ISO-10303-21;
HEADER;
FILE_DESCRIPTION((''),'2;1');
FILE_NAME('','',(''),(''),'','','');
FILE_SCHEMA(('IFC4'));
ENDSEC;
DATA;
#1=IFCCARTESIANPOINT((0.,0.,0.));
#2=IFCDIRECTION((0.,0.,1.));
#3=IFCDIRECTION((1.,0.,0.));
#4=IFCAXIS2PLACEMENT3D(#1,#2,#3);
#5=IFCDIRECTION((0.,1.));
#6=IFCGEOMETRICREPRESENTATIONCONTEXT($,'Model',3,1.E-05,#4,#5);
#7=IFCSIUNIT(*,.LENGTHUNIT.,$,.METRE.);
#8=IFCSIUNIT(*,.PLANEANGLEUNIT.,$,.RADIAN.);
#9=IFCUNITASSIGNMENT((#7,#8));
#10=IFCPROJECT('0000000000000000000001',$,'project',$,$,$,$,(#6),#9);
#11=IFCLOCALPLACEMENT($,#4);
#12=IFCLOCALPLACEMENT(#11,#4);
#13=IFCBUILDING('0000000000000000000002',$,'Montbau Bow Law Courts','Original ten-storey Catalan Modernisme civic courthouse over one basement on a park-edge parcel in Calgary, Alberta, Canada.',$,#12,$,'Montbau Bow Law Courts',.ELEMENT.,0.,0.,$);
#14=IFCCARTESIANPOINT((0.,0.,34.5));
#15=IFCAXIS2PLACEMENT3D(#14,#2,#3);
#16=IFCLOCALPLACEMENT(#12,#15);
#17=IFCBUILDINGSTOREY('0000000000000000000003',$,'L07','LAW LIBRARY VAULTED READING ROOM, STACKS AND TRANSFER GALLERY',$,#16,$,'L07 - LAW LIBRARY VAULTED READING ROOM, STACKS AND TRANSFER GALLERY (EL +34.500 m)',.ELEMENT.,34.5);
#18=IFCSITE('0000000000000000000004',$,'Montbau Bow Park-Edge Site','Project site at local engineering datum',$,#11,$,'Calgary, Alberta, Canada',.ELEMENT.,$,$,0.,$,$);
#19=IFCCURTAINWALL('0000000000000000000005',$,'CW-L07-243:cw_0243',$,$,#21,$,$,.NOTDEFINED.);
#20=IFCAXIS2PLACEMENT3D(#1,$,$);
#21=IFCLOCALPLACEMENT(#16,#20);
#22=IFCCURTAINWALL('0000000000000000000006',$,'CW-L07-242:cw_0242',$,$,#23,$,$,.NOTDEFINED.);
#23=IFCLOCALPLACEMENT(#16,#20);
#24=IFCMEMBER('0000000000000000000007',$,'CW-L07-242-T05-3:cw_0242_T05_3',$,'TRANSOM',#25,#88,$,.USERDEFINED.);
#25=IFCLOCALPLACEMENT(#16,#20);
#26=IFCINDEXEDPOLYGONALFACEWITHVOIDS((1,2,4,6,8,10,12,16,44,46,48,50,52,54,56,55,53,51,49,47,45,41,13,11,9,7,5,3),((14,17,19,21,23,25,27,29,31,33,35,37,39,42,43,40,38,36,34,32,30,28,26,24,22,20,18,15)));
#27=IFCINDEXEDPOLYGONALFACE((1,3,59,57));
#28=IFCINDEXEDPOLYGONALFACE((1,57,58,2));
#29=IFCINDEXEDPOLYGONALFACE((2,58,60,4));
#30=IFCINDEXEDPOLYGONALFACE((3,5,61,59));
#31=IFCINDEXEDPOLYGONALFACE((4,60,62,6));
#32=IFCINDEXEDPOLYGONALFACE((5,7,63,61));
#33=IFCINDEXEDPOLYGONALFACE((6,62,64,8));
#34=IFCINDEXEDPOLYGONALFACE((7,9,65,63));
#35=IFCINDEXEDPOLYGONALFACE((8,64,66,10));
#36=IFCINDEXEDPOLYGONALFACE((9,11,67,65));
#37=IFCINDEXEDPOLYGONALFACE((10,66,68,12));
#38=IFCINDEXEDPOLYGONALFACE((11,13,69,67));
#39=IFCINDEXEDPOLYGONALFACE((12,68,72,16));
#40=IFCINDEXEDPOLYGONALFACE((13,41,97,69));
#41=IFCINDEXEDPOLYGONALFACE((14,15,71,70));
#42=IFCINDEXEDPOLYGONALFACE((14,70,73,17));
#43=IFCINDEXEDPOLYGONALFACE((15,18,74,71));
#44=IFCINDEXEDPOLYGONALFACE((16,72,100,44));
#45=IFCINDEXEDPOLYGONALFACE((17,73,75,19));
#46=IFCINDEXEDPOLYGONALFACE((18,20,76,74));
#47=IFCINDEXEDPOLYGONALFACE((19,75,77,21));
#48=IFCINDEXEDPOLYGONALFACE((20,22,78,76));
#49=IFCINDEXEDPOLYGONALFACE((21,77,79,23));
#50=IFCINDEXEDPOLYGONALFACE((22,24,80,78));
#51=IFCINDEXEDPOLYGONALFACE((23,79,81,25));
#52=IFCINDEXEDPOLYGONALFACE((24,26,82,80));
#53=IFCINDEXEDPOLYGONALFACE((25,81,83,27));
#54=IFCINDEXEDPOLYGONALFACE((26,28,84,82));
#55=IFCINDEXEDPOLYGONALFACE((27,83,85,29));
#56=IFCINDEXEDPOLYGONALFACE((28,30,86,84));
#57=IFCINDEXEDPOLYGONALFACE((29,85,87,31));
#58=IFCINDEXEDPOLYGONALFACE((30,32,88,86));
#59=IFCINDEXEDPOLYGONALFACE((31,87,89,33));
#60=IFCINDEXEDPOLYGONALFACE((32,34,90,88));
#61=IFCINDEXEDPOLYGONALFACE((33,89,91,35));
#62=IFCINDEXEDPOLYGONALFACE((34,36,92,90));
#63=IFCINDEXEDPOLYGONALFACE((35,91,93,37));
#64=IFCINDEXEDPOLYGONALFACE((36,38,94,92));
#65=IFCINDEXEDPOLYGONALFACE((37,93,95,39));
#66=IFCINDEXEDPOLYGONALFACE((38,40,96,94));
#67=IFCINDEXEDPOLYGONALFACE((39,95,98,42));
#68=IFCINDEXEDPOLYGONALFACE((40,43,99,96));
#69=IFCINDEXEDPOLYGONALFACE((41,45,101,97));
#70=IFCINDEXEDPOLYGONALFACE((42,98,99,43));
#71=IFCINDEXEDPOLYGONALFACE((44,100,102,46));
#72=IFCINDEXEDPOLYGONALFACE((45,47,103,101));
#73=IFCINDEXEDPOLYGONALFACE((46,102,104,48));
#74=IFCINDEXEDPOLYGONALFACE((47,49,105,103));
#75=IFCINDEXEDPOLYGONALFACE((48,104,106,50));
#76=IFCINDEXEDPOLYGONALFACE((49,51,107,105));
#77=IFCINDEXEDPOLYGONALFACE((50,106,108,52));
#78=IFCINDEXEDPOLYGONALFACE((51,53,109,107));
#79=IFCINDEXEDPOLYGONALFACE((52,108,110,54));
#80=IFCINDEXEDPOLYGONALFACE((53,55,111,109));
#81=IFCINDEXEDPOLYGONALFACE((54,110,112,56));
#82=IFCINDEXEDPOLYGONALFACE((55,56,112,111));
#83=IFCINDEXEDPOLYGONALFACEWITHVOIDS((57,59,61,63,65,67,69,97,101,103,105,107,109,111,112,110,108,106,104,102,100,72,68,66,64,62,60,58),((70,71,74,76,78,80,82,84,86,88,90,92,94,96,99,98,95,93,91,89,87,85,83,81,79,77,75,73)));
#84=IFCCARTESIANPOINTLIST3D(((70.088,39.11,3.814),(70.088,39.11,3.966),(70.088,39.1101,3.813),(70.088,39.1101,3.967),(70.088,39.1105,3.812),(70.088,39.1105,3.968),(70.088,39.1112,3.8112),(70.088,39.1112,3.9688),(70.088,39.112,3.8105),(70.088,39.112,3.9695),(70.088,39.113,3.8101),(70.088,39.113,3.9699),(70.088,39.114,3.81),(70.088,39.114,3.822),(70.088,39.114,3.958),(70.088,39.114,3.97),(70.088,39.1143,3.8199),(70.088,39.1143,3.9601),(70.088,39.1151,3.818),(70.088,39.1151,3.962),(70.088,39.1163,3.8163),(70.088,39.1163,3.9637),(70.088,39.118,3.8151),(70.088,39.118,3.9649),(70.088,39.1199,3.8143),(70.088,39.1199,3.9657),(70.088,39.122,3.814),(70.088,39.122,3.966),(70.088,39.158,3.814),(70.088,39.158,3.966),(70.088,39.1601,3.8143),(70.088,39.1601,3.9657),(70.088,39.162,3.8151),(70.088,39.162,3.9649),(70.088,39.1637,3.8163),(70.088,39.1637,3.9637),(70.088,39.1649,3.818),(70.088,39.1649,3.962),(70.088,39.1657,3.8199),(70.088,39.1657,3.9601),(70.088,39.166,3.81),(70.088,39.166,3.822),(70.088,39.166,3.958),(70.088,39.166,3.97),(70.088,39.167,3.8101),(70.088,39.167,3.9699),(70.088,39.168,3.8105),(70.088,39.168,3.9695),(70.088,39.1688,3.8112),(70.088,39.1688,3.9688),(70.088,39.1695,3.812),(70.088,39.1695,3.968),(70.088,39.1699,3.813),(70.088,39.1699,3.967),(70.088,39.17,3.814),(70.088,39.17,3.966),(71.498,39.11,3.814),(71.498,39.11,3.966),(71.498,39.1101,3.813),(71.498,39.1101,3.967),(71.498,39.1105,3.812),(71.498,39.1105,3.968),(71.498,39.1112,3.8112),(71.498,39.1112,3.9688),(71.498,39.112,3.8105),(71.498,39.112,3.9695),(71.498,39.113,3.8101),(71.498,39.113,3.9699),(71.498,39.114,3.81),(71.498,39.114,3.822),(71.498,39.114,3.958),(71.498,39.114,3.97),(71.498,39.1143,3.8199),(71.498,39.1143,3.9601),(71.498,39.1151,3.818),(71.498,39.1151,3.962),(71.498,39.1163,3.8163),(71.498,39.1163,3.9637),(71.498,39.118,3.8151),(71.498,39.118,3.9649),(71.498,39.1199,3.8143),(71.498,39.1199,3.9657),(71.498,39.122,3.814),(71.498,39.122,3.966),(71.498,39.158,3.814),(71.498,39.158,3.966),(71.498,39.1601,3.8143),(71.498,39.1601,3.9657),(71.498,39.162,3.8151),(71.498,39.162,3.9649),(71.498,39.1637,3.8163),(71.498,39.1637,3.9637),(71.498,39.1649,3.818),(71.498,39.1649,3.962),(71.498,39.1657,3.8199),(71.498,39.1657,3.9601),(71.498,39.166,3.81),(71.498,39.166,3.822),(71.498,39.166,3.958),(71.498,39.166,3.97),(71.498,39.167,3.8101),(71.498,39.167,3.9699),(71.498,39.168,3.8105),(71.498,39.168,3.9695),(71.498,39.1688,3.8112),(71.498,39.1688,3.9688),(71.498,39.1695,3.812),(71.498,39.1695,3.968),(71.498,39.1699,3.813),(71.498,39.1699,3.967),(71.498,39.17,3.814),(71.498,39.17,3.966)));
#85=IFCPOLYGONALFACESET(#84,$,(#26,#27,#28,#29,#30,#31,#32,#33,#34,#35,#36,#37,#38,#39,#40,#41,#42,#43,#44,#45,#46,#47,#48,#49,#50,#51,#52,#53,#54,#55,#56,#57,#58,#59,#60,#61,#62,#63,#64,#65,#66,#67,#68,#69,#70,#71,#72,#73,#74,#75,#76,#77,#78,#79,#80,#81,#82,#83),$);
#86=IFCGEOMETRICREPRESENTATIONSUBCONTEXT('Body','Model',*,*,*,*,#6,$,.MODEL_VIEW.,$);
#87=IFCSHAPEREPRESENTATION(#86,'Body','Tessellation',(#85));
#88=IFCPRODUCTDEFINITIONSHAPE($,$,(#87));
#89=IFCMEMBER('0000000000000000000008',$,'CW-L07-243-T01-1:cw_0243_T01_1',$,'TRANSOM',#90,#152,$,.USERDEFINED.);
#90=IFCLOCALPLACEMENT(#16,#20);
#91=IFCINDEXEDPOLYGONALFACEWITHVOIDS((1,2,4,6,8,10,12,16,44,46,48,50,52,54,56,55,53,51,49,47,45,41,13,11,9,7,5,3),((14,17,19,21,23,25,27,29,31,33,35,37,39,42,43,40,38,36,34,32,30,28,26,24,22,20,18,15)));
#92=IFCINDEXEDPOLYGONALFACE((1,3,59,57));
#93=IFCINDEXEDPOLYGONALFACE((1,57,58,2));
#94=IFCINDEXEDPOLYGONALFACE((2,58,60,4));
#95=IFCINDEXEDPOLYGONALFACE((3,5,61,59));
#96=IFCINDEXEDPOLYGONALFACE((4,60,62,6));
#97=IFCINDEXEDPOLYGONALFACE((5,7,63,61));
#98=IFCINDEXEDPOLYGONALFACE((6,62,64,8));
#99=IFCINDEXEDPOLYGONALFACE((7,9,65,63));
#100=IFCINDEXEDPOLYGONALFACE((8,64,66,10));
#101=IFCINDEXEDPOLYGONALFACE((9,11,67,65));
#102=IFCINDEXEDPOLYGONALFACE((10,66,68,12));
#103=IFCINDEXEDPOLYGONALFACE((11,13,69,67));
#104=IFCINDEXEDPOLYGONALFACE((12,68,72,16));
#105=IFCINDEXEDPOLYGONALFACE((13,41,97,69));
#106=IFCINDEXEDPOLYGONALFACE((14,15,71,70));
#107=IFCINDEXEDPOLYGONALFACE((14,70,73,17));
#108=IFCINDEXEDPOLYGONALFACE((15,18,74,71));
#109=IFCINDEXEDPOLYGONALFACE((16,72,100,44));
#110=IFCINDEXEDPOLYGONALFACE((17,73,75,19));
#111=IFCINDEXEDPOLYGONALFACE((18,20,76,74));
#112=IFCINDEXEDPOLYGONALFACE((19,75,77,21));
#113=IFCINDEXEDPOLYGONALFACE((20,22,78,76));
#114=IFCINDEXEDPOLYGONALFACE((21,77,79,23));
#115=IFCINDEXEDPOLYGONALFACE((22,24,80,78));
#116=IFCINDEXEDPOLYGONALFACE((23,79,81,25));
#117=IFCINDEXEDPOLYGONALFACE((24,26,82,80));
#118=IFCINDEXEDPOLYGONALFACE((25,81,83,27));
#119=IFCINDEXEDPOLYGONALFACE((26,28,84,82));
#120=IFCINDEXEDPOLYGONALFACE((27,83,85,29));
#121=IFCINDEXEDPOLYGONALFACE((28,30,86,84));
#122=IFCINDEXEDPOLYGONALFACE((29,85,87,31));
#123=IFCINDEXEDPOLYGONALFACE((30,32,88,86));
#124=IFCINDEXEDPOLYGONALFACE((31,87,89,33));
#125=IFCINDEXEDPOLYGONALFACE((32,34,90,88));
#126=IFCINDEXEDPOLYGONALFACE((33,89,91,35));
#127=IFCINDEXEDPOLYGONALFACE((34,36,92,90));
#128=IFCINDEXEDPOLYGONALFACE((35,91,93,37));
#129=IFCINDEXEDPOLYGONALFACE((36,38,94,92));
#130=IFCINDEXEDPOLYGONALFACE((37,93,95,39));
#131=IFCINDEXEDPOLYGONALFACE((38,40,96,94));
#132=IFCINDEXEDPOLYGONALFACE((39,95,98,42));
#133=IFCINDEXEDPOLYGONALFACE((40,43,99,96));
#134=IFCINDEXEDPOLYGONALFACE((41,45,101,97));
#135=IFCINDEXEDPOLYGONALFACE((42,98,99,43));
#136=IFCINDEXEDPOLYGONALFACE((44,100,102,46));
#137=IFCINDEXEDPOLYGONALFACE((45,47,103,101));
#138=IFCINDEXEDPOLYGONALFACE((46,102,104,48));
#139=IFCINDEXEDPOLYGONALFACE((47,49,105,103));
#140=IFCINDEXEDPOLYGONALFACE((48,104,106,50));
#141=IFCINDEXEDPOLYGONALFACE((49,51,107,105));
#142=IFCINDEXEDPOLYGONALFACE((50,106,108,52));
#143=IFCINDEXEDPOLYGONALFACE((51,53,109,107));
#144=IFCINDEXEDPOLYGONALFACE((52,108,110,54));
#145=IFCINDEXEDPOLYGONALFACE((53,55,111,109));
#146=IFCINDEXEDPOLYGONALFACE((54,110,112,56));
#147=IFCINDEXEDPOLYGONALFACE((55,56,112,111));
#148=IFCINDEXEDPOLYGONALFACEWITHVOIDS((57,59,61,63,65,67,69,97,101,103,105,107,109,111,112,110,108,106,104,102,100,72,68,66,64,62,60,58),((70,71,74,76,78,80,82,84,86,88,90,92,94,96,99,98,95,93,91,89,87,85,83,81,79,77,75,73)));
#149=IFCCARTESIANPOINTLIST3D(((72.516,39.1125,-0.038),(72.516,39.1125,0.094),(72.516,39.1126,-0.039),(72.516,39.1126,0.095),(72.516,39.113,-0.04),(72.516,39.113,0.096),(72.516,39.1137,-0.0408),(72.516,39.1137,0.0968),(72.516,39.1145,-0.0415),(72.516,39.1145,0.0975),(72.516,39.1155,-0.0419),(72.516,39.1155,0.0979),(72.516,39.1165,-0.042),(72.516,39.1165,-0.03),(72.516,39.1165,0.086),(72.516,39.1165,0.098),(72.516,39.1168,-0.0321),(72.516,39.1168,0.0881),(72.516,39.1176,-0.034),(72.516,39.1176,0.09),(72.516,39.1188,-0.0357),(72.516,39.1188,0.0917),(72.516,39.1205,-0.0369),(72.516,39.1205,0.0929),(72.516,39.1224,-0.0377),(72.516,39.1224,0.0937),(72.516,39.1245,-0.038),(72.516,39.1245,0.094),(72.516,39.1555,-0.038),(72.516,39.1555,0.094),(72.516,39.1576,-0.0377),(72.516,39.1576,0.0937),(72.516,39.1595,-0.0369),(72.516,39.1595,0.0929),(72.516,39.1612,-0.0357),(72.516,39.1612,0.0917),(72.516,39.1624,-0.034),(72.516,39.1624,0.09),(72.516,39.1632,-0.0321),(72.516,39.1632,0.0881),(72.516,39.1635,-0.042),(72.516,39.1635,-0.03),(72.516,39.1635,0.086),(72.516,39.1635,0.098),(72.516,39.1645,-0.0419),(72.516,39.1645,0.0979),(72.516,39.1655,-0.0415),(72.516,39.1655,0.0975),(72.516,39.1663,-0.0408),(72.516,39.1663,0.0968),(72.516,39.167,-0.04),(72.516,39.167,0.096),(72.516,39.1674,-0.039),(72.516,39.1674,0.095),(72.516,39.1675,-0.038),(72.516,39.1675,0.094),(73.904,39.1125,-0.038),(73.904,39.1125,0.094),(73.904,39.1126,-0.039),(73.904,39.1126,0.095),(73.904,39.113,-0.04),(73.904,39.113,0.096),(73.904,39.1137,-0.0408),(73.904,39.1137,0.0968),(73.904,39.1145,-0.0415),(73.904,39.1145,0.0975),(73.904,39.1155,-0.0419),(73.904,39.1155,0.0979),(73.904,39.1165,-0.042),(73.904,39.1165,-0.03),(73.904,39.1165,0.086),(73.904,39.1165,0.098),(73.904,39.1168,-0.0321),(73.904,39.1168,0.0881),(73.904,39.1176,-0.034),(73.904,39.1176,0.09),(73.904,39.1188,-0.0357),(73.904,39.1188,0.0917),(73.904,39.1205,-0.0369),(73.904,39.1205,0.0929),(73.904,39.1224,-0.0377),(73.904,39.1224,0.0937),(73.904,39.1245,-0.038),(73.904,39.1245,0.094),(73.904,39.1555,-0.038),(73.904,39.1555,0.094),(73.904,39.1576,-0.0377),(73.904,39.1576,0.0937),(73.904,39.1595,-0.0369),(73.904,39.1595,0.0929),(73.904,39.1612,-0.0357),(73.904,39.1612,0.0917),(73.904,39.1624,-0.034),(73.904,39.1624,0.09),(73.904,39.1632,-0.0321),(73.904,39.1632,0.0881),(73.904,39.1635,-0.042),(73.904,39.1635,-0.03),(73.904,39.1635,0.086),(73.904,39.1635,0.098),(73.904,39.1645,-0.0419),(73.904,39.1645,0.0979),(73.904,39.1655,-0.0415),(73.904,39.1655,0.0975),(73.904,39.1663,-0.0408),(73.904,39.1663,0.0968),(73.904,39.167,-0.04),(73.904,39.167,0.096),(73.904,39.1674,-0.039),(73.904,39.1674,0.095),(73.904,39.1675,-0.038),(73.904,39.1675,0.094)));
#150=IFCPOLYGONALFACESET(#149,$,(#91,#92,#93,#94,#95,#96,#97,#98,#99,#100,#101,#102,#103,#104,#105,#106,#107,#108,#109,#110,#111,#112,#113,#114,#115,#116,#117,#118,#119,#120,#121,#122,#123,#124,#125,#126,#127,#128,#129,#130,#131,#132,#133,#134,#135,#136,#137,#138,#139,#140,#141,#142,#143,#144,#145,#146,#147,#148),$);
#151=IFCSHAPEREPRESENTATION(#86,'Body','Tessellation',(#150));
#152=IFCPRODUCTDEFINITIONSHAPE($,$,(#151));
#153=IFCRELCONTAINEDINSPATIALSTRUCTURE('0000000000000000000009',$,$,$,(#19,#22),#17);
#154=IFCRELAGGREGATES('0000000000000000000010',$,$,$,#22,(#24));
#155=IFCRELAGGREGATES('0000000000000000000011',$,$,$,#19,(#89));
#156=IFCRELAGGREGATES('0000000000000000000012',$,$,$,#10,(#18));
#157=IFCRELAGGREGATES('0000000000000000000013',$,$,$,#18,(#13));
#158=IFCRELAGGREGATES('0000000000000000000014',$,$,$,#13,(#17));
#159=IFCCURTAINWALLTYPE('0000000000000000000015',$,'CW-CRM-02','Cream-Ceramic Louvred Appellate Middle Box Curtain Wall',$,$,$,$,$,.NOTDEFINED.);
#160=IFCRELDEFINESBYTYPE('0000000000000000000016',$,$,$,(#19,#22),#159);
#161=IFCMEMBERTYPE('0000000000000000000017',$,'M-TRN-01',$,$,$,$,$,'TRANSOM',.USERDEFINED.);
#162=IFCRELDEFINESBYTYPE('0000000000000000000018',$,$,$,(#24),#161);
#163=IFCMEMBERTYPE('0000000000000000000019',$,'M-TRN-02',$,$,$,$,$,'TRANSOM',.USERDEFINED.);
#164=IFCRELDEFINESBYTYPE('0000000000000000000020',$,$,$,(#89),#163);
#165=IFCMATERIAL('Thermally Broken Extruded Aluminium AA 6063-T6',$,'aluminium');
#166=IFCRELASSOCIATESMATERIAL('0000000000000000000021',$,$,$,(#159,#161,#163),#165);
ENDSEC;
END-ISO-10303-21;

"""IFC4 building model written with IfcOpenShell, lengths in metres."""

from ifc_helpers import new_model, si_unit, direction, frame, origin_with_axes, origin_2d_with_axis, place, context, subcontext, project, spatial, hollow_rectangle, extrude, material, material_profile, profile_set, type_object, element, aggregate, save


model = new_model("IFC4")

# Units and contexts
model_context = context("Model", 3, precision=1e-05, world=origin_with_axes(), true_north=direction((0.0, 1.0)))
body_context = subcontext(model_context, "Body", "Model", "MODEL_VIEW")
ifc_project = project(units=[si_unit("LENGTHUNIT", "METRE"), si_unit("PLANEANGLEUNIT", "RADIAN")], contexts=[model_context])

# Site, building, storey
site_placement = place(None, origin_with_axes())
site = spatial("IfcSite", under=ifc_project, at=site_placement, Name="Montbau Bow Park-Edge Site", Description="Project site at local engineering datum", LongName="Calgary, Alberta, Canada", CompositionType="ELEMENT", RefElevation=0.0)
building_placement = place(site_placement, origin_with_axes())
building = spatial("IfcBuilding", under=site, at=building_placement, Name="Montbau Bow Law Courts", Description="Original ten-storey Catalan Modernisme civic courthouse over one basement on a park-edge parcel in Calgary, Alberta, Canada.", LongName="Montbau Bow Law Courts", CompositionType="ELEMENT", ElevationOfRefHeight=0.0, ElevationOfTerrain=0.0)
storey_placement = place(building_placement, frame((0.0, 0.0, 34.5), z_axis=(0.0, 0.0, 1.0), x_axis=(1.0, 0.0, 0.0)))
storey = spatial("IfcBuildingStorey", under=building, at=storey_placement, Name="L07", Description="LAW LIBRARY VAULTED READING ROOM, STACKS AND TRANSFER GALLERY", LongName="L07 - LAW LIBRARY VAULTED READING ROOM, STACKS AND TRANSFER GALLERY (EL +34.500 m)", CompositionType="ELEMENT", Elevation=34.5)

# Curtain walls, member
ifc_material_1 = material(Name="Thermally Broken Extruded Aluminium AA 6063-T6", Category="aluminium")
curtain_wall_type = type_object("IfcCurtainWallType", Name="CW-CRM-02", Description="Cream-Ceramic Louvred Appellate Middle Box Curtain Wall", PredefinedType="NOTDEFINED", material=ifc_material_1)
curtain_wall_1_placement = place(None, frame((72.44, 39.14, 34.5), z_axis=(0.0, 0.0, 1.0), x_axis=(1.0, 0.0, 0.0)))
curtain_wall_1 = element("IfcCurtainWall", 1, at=curtain_wall_1_placement, inside=storey, type_object=curtain_wall_type, Name="CW-L07-243:cw_0243", PredefinedType="NOTDEFINED")
curtain_wall_2_placement = place(None, frame((64.04, 39.14, 34.5), z_axis=(0.0, 0.0, 1.0), x_axis=(1.0, 0.0, 0.0)))
curtain_wall_2 = element("IfcCurtainWall", 2, at=curtain_wall_2_placement, inside=storey, type_object=curtain_wall_type, Name="CW-L07-242:cw_0242", PredefinedType="NOTDEFINED")
ifc_material_profile_1 = material_profile(ifc_material_1, hollow_rectangle(XDim=0.06, YDim=0.16, WallThickness=0.004, InnerFilletRadius=0.008, OuterFilletRadius=0.004, at=origin_2d_with_axis()), Name="CWT-160X60", Category="Main", Priority=0)
ifc_profile_set_1 = profile_set([ifc_material_profile_1], Name="Thermally Broken Extruded Aluminium AA 6063-T6")
member_type_1 = type_object("IfcMemberType", Name="M-TRN-01", ElementType="TRANSOM", PredefinedType="USERDEFINED", material=ifc_profile_set_1)
member_1_placement = place(None, frame((70.088, 39.14, 38.39), z_axis=(1.0, 0.0, 0.0), x_axis=(0.0, 1.0, 0.0)))
member_1 = element("IfcMember", 3, at=member_1_placement, type_object=member_type_1, Name="CW-L07-242-T05-3:cw_0242_T05_3", ObjectType="TRANSOM", PredefinedType="USERDEFINED", context=body_context, shape_type="SweptSolid", body=[
    extrude(hollow_rectangle(XDim=0.06, YDim=0.16, WallThickness=0.004, InnerFilletRadius=0.008, OuterFilletRadius=0.004, at=origin_2d_with_axis()), origin_with_axes(), (0.0, 0.0, 1.0), 1.41),
])
aggregate(curtain_wall_2, [member_1])

# Member
ifc_material_profile_2 = material_profile(ifc_material_1, hollow_rectangle(XDim=0.055, YDim=0.14, WallThickness=0.004, InnerFilletRadius=0.008, OuterFilletRadius=0.004, at=origin_2d_with_axis()), Name="CWT-140X55", Category="Main", Priority=0)
ifc_profile_set_2 = profile_set([ifc_material_profile_2], Name="Thermally Broken Extruded Aluminium AA 6063-T6")
member_type_2 = type_object("IfcMemberType", Name="M-TRN-02", ElementType="TRANSOM", PredefinedType="USERDEFINED", material=ifc_profile_set_2)
member_2_placement = place(None, frame((72.516, 39.14, 34.528), z_axis=(1.0, 0.0, 0.0), x_axis=(0.0, 1.0, 0.0)))
member_2 = element("IfcMember", 4, at=member_2_placement, type_object=member_type_2, Name="CW-L07-243-T01-1:cw_0243_T01_1", ObjectType="TRANSOM", PredefinedType="USERDEFINED", context=body_context, shape_type="SweptSolid", body=[
    extrude(hollow_rectangle(XDim=0.055, YDim=0.14, WallThickness=0.004, InnerFilletRadius=0.008, OuterFilletRadius=0.004, at=origin_2d_with_axis()), origin_with_axes(), (0.0, 0.0, 1.0), 1.388),
])

aggregate(curtain_wall_1, [member_2])

save(model, "model.ifc")
